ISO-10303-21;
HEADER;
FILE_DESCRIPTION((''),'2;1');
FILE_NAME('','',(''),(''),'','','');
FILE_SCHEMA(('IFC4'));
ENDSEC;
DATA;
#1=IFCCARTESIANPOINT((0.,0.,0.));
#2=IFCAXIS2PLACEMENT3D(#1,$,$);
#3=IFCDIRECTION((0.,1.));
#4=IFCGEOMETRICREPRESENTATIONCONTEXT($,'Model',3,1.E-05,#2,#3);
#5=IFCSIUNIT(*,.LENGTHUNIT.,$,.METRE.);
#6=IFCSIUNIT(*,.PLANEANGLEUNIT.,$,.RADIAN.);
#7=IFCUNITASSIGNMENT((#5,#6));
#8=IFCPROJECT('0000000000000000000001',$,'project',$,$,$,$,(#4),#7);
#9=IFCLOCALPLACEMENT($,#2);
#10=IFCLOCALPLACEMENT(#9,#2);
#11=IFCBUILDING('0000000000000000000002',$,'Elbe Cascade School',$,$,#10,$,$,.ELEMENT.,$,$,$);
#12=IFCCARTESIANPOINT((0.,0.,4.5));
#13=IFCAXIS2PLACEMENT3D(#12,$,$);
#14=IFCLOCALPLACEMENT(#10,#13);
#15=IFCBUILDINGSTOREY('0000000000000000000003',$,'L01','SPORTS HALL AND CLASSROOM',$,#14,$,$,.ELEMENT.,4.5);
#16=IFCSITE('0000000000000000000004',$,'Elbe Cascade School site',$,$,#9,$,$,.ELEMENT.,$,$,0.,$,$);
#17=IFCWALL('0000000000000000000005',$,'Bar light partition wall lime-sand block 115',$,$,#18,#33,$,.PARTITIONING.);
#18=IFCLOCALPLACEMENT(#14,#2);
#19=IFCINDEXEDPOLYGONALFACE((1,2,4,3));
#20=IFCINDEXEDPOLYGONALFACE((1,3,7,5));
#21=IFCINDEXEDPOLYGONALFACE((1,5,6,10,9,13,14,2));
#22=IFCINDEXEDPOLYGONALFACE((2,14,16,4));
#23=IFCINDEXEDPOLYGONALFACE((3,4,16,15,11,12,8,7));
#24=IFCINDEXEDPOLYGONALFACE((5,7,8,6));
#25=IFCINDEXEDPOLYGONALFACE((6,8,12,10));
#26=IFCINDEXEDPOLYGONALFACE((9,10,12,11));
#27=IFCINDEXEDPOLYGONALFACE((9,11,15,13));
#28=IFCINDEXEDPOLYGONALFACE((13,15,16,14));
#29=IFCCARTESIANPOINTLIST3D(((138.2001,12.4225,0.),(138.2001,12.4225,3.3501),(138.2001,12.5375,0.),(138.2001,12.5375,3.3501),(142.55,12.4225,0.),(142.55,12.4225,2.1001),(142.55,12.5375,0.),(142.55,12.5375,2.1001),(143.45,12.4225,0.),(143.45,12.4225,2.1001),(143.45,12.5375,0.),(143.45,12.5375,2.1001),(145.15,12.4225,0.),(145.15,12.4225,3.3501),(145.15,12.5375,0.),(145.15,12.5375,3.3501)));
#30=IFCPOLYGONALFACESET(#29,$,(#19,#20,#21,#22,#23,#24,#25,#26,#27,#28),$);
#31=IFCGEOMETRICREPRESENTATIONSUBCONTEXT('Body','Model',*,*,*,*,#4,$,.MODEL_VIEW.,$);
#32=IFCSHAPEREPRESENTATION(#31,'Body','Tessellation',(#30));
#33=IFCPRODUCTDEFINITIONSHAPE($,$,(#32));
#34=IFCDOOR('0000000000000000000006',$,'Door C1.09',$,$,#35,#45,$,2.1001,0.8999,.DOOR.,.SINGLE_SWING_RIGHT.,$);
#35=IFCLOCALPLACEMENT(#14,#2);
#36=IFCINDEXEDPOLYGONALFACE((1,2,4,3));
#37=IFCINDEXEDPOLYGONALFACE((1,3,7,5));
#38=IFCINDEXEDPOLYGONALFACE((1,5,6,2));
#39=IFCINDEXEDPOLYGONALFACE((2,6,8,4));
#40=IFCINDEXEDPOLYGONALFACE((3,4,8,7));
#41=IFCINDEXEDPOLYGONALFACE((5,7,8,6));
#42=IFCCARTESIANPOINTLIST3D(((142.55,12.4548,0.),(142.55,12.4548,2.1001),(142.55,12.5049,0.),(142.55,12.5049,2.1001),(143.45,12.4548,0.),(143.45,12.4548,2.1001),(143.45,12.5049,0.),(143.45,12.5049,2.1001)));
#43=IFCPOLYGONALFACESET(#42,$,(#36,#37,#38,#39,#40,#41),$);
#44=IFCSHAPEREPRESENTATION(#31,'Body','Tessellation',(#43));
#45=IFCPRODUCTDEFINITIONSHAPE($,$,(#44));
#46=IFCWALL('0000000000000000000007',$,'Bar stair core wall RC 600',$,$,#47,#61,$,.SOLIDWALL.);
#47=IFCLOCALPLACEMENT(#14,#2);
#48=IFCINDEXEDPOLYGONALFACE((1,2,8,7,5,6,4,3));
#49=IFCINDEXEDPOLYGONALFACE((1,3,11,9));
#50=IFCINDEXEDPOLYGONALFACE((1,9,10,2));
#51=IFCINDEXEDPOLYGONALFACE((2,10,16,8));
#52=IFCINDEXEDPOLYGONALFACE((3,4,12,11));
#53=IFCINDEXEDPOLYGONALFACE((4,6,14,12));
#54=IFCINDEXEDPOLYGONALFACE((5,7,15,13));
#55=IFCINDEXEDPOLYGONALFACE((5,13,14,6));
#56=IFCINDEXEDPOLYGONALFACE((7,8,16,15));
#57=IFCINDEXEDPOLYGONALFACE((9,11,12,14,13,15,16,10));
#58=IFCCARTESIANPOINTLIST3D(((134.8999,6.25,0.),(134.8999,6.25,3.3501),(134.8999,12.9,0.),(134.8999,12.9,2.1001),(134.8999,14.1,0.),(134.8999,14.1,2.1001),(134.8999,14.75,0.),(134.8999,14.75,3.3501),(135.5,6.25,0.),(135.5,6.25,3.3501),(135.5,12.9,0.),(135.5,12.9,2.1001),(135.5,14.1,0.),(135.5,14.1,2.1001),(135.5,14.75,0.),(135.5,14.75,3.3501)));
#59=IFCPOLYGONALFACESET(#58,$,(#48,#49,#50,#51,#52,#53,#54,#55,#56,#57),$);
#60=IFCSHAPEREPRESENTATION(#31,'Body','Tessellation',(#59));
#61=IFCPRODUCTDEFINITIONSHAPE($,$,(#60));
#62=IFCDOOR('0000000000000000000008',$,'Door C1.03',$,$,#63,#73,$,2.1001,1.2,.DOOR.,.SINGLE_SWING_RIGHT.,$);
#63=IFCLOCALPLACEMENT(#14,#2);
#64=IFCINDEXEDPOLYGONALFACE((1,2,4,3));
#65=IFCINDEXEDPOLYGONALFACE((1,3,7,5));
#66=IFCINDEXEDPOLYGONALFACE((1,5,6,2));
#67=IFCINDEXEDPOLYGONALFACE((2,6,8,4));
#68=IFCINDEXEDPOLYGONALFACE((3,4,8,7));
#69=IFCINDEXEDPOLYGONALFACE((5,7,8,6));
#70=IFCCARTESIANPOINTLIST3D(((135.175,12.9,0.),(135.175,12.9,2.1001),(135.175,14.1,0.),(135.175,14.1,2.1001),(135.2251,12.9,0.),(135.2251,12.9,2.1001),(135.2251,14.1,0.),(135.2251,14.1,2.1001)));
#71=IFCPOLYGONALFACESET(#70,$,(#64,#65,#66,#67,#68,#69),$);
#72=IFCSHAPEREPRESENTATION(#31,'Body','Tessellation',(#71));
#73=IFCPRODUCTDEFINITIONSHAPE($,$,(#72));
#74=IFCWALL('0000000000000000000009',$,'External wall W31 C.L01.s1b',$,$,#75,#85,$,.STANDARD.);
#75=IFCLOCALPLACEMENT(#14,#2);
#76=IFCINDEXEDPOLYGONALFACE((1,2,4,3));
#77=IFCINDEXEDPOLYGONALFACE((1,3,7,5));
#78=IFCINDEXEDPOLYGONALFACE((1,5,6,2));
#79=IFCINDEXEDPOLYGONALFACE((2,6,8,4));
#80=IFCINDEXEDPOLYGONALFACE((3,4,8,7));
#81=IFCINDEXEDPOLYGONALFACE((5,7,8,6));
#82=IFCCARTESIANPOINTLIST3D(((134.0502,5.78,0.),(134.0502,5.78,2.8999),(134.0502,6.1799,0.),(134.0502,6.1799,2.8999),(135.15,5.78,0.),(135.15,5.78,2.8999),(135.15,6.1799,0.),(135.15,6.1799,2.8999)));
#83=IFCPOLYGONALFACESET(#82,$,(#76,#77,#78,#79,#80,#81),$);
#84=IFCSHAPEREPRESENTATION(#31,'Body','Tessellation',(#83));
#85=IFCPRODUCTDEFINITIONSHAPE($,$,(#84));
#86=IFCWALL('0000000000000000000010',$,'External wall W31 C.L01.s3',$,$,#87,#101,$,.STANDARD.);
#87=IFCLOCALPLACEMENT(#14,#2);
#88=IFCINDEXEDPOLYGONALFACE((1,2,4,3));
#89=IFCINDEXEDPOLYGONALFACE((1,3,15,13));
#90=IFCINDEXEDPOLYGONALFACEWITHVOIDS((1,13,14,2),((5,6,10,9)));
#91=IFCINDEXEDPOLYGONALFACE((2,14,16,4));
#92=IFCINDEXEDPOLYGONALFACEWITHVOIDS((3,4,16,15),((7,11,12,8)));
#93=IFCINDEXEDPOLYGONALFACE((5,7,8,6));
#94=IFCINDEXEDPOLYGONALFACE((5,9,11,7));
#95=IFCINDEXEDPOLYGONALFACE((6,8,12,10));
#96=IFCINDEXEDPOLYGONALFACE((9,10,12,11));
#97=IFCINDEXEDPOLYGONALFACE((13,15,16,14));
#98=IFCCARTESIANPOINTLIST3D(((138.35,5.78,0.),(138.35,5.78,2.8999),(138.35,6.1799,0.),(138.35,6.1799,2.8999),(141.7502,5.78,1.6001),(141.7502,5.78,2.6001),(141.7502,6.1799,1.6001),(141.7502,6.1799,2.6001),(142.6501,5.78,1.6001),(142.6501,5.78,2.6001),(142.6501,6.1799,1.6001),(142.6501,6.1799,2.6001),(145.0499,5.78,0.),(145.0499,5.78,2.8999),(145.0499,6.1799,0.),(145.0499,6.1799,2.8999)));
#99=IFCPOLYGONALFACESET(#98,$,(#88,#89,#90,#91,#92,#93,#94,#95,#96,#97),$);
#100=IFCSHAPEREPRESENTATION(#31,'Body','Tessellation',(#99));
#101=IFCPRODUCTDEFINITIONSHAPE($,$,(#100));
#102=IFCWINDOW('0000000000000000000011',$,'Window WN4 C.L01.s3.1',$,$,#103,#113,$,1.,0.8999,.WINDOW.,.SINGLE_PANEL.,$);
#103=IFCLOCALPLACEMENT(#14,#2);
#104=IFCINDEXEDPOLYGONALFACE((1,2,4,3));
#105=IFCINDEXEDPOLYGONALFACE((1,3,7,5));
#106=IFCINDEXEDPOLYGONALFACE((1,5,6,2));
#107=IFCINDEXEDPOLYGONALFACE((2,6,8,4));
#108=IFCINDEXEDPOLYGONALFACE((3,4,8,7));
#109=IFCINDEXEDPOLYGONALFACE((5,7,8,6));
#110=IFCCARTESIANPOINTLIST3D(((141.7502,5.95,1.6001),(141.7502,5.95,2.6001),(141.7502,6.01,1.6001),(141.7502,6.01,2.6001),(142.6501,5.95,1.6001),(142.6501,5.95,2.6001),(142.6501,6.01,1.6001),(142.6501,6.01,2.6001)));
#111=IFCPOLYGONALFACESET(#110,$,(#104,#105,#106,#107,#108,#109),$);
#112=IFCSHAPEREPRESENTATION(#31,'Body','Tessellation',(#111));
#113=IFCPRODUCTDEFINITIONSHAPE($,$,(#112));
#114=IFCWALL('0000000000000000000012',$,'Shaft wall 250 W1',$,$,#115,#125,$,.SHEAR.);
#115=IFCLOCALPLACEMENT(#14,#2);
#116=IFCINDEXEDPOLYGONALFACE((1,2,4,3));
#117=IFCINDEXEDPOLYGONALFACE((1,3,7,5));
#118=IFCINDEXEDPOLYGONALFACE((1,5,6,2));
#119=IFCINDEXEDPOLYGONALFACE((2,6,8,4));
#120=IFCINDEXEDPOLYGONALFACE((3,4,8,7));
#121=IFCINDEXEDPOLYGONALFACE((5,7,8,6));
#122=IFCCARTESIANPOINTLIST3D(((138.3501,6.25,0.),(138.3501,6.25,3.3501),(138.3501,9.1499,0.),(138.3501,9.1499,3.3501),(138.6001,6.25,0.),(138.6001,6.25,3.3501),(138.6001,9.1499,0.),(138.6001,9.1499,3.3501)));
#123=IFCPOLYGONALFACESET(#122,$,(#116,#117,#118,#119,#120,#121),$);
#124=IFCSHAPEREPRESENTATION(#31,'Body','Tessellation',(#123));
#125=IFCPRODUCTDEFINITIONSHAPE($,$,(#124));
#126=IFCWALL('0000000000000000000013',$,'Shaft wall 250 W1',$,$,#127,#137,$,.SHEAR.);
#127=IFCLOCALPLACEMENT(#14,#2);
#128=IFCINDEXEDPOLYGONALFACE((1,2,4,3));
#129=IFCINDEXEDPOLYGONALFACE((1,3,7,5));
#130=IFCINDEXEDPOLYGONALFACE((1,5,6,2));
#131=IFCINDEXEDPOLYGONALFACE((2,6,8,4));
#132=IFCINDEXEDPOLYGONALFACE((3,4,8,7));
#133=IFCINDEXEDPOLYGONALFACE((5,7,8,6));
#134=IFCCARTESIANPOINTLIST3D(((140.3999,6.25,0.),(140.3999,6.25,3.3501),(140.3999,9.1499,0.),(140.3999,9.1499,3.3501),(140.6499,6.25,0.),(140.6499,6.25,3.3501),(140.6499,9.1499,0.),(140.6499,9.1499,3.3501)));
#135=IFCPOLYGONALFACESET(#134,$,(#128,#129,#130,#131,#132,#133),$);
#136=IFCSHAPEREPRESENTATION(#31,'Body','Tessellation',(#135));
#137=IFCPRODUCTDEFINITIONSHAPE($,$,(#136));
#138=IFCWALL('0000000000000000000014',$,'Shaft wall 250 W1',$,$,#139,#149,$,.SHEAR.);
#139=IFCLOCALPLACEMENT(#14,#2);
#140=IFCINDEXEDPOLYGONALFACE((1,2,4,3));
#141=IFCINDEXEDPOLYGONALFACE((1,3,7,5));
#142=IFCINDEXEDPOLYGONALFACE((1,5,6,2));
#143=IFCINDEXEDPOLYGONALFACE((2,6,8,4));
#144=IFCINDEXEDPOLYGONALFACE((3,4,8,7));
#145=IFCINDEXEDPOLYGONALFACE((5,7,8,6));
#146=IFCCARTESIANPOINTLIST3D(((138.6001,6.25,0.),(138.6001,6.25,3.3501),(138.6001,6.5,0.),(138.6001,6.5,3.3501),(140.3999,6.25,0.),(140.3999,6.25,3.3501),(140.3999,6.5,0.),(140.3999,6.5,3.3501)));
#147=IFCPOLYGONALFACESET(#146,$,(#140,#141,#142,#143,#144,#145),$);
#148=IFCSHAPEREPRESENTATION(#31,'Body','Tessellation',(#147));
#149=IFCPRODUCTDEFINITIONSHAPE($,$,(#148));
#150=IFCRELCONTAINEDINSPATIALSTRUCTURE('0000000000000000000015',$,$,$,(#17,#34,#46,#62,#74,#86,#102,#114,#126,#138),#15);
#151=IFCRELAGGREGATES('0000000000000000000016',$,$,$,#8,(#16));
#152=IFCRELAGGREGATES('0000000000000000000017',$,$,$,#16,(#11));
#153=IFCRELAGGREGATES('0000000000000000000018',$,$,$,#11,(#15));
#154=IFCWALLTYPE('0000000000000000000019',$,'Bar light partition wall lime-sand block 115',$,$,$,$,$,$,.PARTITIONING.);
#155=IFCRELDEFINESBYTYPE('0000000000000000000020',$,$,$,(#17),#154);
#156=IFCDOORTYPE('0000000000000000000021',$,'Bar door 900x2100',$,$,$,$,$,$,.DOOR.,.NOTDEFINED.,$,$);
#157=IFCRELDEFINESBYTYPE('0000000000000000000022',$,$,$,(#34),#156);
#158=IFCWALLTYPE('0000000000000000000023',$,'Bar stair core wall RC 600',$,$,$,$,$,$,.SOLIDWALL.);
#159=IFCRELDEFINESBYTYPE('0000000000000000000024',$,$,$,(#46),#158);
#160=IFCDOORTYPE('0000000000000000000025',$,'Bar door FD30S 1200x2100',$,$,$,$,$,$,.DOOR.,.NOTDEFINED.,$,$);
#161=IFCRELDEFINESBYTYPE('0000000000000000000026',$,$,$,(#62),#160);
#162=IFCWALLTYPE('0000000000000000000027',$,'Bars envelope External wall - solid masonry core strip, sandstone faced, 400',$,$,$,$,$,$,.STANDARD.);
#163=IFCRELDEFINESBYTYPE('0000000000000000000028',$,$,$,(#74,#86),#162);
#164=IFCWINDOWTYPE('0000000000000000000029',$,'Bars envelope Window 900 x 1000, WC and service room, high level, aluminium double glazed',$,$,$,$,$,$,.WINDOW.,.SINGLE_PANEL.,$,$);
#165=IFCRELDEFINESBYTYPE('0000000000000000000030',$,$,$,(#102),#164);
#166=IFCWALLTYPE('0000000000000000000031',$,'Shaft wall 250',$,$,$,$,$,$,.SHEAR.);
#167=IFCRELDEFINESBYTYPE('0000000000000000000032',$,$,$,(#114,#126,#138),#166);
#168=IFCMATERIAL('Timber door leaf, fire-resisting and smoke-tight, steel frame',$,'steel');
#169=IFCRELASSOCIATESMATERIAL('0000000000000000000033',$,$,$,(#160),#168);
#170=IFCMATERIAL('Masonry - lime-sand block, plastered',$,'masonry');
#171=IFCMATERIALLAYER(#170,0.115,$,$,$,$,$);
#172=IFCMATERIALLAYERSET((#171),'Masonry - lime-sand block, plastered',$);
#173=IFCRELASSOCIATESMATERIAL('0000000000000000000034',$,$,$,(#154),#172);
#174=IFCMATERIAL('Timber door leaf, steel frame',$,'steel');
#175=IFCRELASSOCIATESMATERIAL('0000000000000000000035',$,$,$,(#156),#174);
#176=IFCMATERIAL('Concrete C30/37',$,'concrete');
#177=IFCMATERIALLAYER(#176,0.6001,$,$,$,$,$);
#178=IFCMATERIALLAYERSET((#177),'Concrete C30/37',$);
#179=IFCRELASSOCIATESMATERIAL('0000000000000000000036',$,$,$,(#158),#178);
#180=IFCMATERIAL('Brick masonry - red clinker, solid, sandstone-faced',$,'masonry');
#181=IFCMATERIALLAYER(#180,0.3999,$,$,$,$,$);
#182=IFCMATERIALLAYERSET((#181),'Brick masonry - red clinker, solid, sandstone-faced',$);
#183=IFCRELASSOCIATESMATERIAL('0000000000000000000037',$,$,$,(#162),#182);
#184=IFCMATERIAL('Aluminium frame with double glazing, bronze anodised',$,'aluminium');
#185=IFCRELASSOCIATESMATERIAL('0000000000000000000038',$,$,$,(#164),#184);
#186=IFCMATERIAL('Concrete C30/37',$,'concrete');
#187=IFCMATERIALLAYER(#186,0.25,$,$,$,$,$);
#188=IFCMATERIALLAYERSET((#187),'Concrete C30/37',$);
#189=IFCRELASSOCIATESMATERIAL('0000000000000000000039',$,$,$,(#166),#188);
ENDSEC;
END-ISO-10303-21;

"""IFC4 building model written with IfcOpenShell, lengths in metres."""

from ifc_helpers import new_model, si_unit, direction, frame, frame_2d, origin, place, context, subcontext, project, spatial, rectangle, extrude, material, layer, layer_set, type_object, element, fill, save


model = new_model("IFC4")

# Units and contexts
model_context = context("Model", 3, precision=1e-05, world=origin(), true_north=direction((0.0, 1.0)))
body_context = subcontext(model_context, "Body", "Model", "MODEL_VIEW")
ifc_project = project(units=[si_unit("LENGTHUNIT", "METRE"), si_unit("PLANEANGLEUNIT", "RADIAN")], contexts=[model_context])

# Site, building, storey
site_placement = place(None, origin())
site = spatial("IfcSite", under=ifc_project, at=site_placement, Name="Elbe Cascade School site", CompositionType="ELEMENT", RefElevation=0.0)
building_placement = place(site_placement, origin())
building = spatial("IfcBuilding", under=site, at=building_placement, Name="Elbe Cascade School", CompositionType="ELEMENT")
storey_placement = place(building_placement, frame((0.0, 0.0, 4.5)))
storey = spatial("IfcBuildingStorey", under=building, at=storey_placement, Name="L01", Description="SPORTS HALL AND CLASSROOM", CompositionType="ELEMENT", Elevation=4.5)

# Walls, openings, doors
ifc_material_1 = material(Name="Timber door leaf, fire-resisting and smoke-tight, steel frame", Category="steel")
door_type_1 = type_object("IfcDoorType", Name="Bar door FD30S 1200x2100", OperationType="NOTDEFINED", PredefinedType="DOOR", material=ifc_material_1)
ifc_material_2 = material(Name="Masonry - lime-sand block, plastered", Category="masonry")
ifc_layer_1 = layer(ifc_material_2, 0.115)
ifc_layer_set_1 = layer_set([ifc_layer_1], Name="Masonry - lime-sand block, plastered")
wall_type_1 = type_object("IfcWallType", Name="Bar light partition wall lime-sand block 115", PredefinedType="PARTITIONING", material=ifc_layer_set_1)
ifc_material_3 = material(Name="Timber door leaf, steel frame", Category="steel")
door_type_2 = type_object("IfcDoorType", Name="Bar door 900x2100", OperationType="NOTDEFINED", PredefinedType="DOOR", material=ifc_material_3)
wall_1_placement = place(storey_placement, frame((138.2, 12.48, 0.0), z_axis=(0.0, 0.0, 1.0), x_axis=(1.0, 0.0, 0.0)))
wall_1 = element("IfcWall", 1, at=wall_1_placement, inside=storey, type_object=wall_type_1, Name="Bar light partition wall lime-sand block 115", PredefinedType="PARTITIONING", context=body_context, shape_type="SweptSolid", body=[
    extrude(rectangle(XDim=6.95, YDim=0.115, at=frame_2d((3.4751, 0.0))), origin(), (0.0, 0.0, 1.0), 3.3501),
])
opening_1_placement = place(wall_1_placement, frame((4.3501, 0.0, 0.0)))
opening_1 = element("IfcOpeningElement", 2, at=opening_1_placement, cuts=wall_1, PredefinedType="OPENING", context=body_context, shape_type="SweptSolid", body=[
    extrude(rectangle(XDim=0.8999, YDim=2.1001, at=frame_2d((0.45, 1.05))), frame((0.0, 0.0674, 0.0), z_axis=(0.0, -1.0, 0.0), x_axis=(1.0, 0.0, 0.0)), (0.0, 0.0, 1.0), 0.135),
])
door_1_placement = place(opening_1_placement, origin())
door_1 = element("IfcDoor", 3, at=door_1_placement, inside=storey, type_object=door_type_2, Name="Door C1.09", OperationType="SINGLE_SWING_RIGHT", OverallHeight=2.1001, OverallWidth=0.8999, PredefinedType="DOOR", context=body_context, shape_type="SweptSolid", body=[
    extrude(rectangle(XDim=0.8999, YDim=2.1001, at=frame_2d((0.45, 1.05))), frame((0.0, 0.0249, 0.0), z_axis=(0.0, -1.0, 0.0), x_axis=(1.0, 0.0, 0.0)), (0.0, 0.0, 1.0), 0.05),
])
fill(opening_1, door_1)
ifc_material_4 = material(Name="Concrete C30/37", Category="concrete")
ifc_layer_2 = layer(ifc_material_4, 0.6001)
ifc_layer_set_2 = layer_set([ifc_layer_2], Name="Concrete C30/37")
wall_type_2 = type_object("IfcWallType", Name="Bar stair core wall RC 600", PredefinedType="SOLIDWALL", material=ifc_layer_set_2)
wall_2_placement = place(storey_placement, frame((135.2, 6.25, 0.0), z_axis=(0.0, 0.0, 1.0), x_axis=(0.0, 1.0, 0.0)))
wall_2 = element("IfcWall", 4, at=wall_2_placement, inside=storey, type_object=wall_type_2, Name="Bar stair core wall RC 600", PredefinedType="SOLIDWALL", context=body_context, shape_type="SweptSolid", body=[
    extrude(rectangle(XDim=8.5, YDim=0.6001, at=frame_2d((4.25, 0.0))), origin(), (0.0, 0.0, 1.0), 3.3501),
])
opening_2_placement = place(wall_2_placement, frame((6.6499, 0.0, 0.0)))
opening_2 = element("IfcOpeningElement", 5, at=opening_2_placement, cuts=wall_2, PredefinedType="OPENING", context=body_context, shape_type="SweptSolid", body=[
    extrude(rectangle(XDim=1.2, YDim=2.1001, at=frame_2d((0.6001, 1.05))), frame((0.0, 0.3101, 0.0), z_axis=(0.0, -1.0, 0.0), x_axis=(1.0, 0.0, 0.0)), (0.0, 0.0, 1.0), 0.6201),
])
door_2_placement = place(opening_2_placement, origin())
door_2 = element("IfcDoor", 6, at=door_2_placement, inside=storey, type_object=door_type_1, Name="Door C1.03", OperationType="SINGLE_SWING_RIGHT", OverallHeight=2.1001, OverallWidth=1.2, PredefinedType="DOOR", context=body_context, shape_type="SweptSolid", body=[
    extrude(rectangle(XDim=1.2, YDim=2.1001, at=frame_2d((0.6001, 1.05))), frame((0.0, 0.0249, 0.0), z_axis=(0.0, -1.0, 0.0), x_axis=(1.0, 0.0, 0.0)), (0.0, 0.0, 1.0), 0.05),
])
fill(opening_2, door_2)

# Wall
ifc_material_5 = material(Name="Brick masonry - red clinker, solid, sandstone-faced", Category="masonry")
ifc_layer_3 = layer(ifc_material_5, 0.3999)
ifc_layer_set_3 = layer_set([ifc_layer_3], Name="Brick masonry - red clinker, solid, sandstone-faced")
wall_type_3 = type_object("IfcWallType", Name="Bars envelope External wall - solid masonry core strip, sandstone faced, 400", PredefinedType="STANDARD", material=ifc_layer_set_3)
wall_3_placement = place(storey_placement, frame((135.1499, 5.98, 0.0), z_axis=(0.0, 0.0, 1.0), x_axis=(-1.0, 0.0, 0.0)))
element("IfcWall", 7, at=wall_3_placement, inside=storey, type_object=wall_type_3, Name="External wall W31 C.L01.s1b", PredefinedType="STANDARD", context=body_context, shape_type="SweptSolid", body=[
    extrude(rectangle(XDim=1.0999, YDim=0.3999, at=frame_2d((0.5498, 0.0))), origin(), (0.0, 0.0, 1.0), 2.8999),
])

# Wall, opening, window
wall_4_placement = place(storey_placement, frame((145.05, 5.98, 0.0), z_axis=(0.0, 0.0, 1.0), x_axis=(-1.0, 0.0, 0.0)))
wall_4 = element("IfcWall", 8, at=wall_4_placement, inside=storey, type_object=wall_type_3, Name="External wall W31 C.L01.s3", PredefinedType="STANDARD", context=body_context, shape_type="SweptSolid", body=[
    extrude(rectangle(XDim=6.7, YDim=0.3999, at=frame_2d((3.3501, 0.0))), origin(), (0.0, 0.0, 1.0), 2.8999),
])
opening_3_placement = place(wall_4_placement, frame((2.3999, 0.0, 1.6001)))
opening_3 = element("IfcOpeningElement", 9, at=opening_3_placement, cuts=wall_4, PredefinedType="OPENING", context=body_context, shape_type="SweptSolid", body=[
    extrude(rectangle(XDim=0.8999, YDim=1.0, at=frame_2d((0.45, 0.5))), frame((0.0, 0.21, 0.0), z_axis=(0.0, -1.0, 0.0), x_axis=(1.0, 0.0, 0.0)), (0.0, 0.0, 1.0), 0.4199),
])
ifc_material_6 = material(Name="Aluminium frame with double glazing, bronze anodised", Category="aluminium")
window_type = type_object("IfcWindowType", Name="Bars envelope Window 900 x 1000, WC and service room, high level, aluminium double glazed", PartitioningType="SINGLE_PANEL", PredefinedType="WINDOW", material=ifc_material_6)
window_placement = place(opening_3_placement, origin())
window = element("IfcWindow", 10, at=window_placement, inside=storey, type_object=window_type, Name="Window WN4 C.L01.s3.1", OverallHeight=1.0, OverallWidth=0.8999, PartitioningType="SINGLE_PANEL", PredefinedType="WINDOW", context=body_context, shape_type="SweptSolid", body=[
    extrude(rectangle(XDim=0.8999, YDim=1.0, at=frame_2d((0.45, 0.5))), frame((0.0, 0.03, 0.0), z_axis=(0.0, -1.0, 0.0), x_axis=(1.0, 0.0, 0.0)), (0.0, 0.0, 1.0), 0.0601),
])
fill(opening_3, window)

# Walls
ifc_material_7 = material(Name="Concrete C30/37", Category="concrete")
ifc_layer_4 = layer(ifc_material_7, 0.25)
ifc_layer_set_4 = layer_set([ifc_layer_4], Name="Concrete C30/37")
wall_type_4 = type_object("IfcWallType", Name="Shaft wall 250", PredefinedType="SHEAR", material=ifc_layer_set_4)
for number, where, z_axis, x_axis, name in (
    (11, (138.4751, 6.25, 0.0), (0.0, 0.0, 1.0), (0.0, 1.0, 0.0), "Shaft wall 250 W1"),
    (12, (140.5249, 6.25, 0.0), (0.0, 0.0, 1.0), (0.0, 1.0, 0.0), "Shaft wall 250 W1"),
):
    element("IfcWall", number, at=place(storey_placement, frame(where, z_axis=z_axis, x_axis=x_axis)), inside=storey, type_object=wall_type_4, Name=name, PredefinedType="SHEAR", context=body_context, shape_type="SweptSolid", body=[
        extrude(rectangle(XDim=2.8999, YDim=0.25, at=frame_2d((1.45, 0.0))), origin(), (0.0, 0.0, 1.0), 3.3501),
    ])
wall_5_placement = place(storey_placement, frame((138.6001, 6.375, 0.0), z_axis=(0.0, 0.0, 1.0), x_axis=(1.0, 0.0, 0.0)))
element("IfcWall", 13, at=wall_5_placement, inside=storey, type_object=wall_type_4, Name="Shaft wall 250 W1", PredefinedType="SHEAR", context=body_context, shape_type="SweptSolid", body=[
    extrude(rectangle(XDim=1.7998, YDim=0.25, at=frame_2d((0.8999, 0.0))), origin(), (0.0, 0.0, 1.0), 3.3501),
])

save(model, "model.ifc")
